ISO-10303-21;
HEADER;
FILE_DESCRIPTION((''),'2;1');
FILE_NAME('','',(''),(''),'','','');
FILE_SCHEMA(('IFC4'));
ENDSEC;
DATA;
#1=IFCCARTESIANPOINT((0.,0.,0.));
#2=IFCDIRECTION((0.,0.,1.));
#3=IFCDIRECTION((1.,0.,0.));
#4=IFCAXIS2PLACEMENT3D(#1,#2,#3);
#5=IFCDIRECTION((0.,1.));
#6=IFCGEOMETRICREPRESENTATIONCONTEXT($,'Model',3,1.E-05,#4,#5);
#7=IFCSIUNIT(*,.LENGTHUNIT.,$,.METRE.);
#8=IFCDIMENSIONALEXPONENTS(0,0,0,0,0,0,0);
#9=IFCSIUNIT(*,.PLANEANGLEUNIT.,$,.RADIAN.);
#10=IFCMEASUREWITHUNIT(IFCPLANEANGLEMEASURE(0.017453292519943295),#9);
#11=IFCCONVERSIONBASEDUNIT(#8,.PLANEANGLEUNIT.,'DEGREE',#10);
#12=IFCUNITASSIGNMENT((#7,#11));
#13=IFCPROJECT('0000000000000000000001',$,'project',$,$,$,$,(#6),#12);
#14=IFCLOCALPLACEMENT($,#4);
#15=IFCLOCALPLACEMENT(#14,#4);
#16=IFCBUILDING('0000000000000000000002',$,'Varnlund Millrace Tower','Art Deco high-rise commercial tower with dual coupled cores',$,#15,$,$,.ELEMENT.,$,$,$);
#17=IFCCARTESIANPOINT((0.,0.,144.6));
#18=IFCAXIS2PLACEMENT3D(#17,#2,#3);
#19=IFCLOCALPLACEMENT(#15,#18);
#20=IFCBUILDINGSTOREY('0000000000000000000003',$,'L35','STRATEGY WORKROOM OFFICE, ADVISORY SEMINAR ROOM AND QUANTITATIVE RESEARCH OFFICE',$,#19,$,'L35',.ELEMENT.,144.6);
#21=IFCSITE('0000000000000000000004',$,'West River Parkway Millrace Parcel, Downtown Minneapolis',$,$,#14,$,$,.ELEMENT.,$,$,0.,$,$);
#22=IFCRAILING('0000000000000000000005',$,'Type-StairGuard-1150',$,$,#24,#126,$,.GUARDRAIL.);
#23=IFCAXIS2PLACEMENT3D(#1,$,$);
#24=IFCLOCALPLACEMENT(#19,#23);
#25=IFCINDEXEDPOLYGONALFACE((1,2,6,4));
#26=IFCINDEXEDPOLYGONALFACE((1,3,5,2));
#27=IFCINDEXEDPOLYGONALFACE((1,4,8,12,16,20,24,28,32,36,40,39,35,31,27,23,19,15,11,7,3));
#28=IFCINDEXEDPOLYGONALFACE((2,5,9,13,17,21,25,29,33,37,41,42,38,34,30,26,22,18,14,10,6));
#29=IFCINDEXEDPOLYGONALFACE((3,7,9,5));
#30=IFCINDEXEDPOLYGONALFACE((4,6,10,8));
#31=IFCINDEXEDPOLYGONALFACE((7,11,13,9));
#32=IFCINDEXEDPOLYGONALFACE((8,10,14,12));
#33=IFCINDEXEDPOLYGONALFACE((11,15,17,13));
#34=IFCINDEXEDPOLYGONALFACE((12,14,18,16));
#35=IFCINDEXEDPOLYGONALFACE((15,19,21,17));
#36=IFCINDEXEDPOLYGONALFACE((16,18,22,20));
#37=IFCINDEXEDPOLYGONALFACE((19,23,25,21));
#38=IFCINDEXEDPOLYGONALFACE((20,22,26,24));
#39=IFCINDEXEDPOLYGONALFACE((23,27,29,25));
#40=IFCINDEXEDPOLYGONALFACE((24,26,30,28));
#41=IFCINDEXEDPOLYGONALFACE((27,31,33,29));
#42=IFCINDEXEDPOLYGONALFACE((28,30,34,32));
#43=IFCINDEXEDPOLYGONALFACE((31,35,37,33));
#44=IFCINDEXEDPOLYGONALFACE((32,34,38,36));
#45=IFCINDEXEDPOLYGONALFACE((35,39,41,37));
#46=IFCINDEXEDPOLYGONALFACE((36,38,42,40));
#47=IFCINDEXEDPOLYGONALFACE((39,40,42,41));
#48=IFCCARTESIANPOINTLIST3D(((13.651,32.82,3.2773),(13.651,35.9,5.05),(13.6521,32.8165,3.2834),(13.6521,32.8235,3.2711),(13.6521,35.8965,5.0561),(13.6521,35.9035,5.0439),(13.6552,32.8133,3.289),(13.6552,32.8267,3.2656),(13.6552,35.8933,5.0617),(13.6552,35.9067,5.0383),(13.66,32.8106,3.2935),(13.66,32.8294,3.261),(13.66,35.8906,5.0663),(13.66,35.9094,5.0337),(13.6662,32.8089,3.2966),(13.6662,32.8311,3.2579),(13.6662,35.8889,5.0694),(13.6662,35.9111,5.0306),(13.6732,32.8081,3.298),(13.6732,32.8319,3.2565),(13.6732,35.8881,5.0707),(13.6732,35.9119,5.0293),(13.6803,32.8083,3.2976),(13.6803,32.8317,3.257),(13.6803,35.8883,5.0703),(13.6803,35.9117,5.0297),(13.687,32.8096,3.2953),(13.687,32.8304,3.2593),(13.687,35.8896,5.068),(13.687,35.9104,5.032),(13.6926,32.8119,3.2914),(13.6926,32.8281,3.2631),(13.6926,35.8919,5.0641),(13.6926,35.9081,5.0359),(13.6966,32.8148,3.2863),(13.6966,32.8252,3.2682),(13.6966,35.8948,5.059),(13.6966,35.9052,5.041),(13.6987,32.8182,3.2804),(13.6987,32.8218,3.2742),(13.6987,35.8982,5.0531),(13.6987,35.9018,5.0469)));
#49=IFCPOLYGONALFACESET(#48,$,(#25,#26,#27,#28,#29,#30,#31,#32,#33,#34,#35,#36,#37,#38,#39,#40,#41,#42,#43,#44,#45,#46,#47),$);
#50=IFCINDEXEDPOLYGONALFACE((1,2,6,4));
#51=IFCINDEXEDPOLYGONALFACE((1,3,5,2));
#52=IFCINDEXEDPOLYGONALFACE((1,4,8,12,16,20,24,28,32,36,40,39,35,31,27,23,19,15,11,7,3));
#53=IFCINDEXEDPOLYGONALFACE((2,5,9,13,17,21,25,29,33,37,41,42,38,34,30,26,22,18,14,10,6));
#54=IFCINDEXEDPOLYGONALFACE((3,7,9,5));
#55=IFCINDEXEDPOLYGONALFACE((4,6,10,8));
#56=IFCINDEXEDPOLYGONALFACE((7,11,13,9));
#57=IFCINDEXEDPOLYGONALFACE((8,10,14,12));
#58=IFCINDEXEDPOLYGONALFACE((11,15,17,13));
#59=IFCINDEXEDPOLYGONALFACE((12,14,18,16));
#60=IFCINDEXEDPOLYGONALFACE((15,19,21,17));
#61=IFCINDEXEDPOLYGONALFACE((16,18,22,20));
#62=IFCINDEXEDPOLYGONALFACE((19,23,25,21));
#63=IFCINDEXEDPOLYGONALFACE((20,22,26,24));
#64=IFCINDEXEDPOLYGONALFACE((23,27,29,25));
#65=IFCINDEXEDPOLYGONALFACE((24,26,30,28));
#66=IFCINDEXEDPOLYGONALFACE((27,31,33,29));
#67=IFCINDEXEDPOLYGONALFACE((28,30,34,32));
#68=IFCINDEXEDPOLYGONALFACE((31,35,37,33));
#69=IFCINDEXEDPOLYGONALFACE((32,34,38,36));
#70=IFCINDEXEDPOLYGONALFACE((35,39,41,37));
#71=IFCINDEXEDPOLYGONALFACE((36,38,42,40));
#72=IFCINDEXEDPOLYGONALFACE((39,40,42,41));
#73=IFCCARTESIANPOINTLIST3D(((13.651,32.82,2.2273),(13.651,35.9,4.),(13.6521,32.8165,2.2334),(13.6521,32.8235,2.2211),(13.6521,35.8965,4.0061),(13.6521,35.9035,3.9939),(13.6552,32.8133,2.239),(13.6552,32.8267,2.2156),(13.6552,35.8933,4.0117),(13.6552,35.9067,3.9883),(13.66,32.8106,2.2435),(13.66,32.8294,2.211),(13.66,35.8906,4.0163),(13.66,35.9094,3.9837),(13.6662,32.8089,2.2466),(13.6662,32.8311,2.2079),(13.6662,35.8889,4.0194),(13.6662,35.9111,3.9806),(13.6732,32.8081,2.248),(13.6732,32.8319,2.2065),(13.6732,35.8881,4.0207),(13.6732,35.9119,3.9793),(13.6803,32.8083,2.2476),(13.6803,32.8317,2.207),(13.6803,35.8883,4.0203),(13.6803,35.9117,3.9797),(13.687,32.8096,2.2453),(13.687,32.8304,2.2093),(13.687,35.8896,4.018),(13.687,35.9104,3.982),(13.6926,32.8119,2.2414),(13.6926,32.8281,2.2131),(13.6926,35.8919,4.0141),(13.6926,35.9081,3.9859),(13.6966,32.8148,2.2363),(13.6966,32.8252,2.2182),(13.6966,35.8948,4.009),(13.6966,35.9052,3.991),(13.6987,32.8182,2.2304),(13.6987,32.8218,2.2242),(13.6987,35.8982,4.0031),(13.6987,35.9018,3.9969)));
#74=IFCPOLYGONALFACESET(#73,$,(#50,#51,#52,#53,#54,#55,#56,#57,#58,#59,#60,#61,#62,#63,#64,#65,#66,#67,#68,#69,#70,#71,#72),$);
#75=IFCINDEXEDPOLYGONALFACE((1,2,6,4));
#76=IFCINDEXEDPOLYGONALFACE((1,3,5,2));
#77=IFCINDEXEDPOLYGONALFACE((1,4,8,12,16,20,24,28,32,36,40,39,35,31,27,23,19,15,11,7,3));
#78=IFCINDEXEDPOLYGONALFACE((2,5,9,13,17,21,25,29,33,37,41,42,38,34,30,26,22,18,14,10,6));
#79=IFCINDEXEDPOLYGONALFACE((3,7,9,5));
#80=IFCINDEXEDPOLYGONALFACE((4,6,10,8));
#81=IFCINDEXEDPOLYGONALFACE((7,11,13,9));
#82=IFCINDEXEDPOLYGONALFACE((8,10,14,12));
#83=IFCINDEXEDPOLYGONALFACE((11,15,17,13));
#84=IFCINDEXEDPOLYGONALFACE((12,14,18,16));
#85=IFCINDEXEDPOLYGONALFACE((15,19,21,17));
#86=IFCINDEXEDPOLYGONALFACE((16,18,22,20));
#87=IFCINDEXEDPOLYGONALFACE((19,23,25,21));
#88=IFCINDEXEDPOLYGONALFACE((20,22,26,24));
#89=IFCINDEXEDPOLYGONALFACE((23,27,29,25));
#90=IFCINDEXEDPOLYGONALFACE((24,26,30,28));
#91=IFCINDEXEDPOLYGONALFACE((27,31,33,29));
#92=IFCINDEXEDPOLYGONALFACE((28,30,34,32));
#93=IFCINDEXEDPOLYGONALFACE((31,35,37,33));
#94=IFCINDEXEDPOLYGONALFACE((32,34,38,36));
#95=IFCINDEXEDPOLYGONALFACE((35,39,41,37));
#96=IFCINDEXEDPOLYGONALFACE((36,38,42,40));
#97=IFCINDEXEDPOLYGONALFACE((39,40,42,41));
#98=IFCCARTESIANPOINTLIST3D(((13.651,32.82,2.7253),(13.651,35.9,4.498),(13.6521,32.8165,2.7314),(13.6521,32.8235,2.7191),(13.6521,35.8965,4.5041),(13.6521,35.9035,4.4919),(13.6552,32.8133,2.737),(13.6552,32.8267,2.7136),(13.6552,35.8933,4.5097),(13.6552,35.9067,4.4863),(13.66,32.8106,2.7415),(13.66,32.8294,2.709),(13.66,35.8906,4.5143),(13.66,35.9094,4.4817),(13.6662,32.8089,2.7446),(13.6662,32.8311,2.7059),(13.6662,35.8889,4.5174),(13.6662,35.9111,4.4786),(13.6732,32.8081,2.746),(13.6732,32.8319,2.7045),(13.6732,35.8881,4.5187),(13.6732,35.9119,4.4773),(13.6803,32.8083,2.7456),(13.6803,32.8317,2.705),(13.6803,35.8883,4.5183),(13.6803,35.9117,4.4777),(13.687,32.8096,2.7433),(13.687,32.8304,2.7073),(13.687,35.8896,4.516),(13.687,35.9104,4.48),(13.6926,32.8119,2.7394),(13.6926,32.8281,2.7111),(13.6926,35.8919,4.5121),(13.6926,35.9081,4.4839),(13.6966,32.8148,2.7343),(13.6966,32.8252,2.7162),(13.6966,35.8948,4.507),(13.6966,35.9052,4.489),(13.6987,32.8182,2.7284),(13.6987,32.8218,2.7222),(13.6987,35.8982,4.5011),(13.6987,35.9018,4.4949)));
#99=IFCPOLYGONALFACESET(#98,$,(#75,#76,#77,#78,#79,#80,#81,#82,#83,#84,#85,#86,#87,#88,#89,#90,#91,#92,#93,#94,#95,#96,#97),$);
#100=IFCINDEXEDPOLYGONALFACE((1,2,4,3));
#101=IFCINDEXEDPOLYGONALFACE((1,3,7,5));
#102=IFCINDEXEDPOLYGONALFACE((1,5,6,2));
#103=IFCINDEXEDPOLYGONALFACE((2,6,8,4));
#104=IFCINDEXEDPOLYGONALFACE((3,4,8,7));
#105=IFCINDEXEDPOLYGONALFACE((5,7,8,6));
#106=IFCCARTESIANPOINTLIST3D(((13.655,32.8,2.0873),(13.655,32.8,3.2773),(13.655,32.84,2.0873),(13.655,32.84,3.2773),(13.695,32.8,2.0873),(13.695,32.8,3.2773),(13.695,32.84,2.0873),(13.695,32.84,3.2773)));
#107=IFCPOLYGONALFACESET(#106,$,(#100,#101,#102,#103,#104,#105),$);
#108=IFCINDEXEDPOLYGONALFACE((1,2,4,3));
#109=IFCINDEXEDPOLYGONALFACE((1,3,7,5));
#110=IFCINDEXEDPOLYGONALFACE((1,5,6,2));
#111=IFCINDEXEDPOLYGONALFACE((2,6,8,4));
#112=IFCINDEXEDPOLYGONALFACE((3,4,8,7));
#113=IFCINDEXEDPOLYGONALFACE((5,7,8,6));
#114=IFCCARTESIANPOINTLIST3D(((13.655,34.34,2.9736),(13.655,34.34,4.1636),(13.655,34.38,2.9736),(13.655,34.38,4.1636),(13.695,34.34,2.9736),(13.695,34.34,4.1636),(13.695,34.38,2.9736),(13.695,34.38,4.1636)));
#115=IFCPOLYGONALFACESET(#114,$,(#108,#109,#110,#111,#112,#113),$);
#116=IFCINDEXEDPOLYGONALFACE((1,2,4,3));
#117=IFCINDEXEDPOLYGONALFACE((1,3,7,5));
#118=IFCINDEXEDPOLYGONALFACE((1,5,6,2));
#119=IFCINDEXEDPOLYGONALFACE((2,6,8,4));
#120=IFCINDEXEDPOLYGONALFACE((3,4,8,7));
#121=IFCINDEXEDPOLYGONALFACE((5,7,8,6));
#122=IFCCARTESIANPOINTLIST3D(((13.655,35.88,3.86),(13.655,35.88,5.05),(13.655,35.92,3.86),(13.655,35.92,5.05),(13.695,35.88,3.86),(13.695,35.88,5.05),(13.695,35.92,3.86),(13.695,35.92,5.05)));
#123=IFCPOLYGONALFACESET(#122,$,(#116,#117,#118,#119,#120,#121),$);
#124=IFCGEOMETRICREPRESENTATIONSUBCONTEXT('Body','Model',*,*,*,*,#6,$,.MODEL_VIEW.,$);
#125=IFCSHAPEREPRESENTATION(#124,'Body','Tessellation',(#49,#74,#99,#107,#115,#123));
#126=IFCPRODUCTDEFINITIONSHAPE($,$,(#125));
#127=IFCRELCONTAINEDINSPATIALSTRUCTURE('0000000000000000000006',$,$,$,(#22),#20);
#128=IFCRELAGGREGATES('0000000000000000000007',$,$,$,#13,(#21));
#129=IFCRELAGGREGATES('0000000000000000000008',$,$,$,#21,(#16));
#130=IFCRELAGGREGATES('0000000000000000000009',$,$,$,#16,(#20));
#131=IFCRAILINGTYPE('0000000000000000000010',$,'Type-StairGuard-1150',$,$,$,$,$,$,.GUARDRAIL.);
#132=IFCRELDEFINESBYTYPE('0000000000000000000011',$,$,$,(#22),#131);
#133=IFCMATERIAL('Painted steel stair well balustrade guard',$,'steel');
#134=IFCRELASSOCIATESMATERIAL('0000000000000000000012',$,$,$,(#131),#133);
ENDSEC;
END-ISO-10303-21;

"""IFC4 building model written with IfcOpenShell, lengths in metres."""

from ifc_helpers import new_model, entity, si_unit, converted_unit, direction, frame, origin_with_axes, origin_2d_with_axis, place, context, subcontext, project, spatial, rectangle, circle, extrude, material, type_object, element, save


model = new_model("IFC4")

# Units and contexts
model_context = context("Model", 3, precision=1e-05, world=origin_with_axes(), true_north=direction((0.0, 1.0)))
body_context = subcontext(model_context, "Body", "Model", "MODEL_VIEW")
ifc_project = project(units=[si_unit("LENGTHUNIT", "METRE"), converted_unit("PLANEANGLEUNIT", "DEGREE", entity("IfcPlaneAngleMeasure", 0.017453292519943295), si_unit("PLANEANGLEUNIT", "RADIAN"), dimensions=[0, 0, 0, 0, 0, 0, 0])], contexts=[model_context])

# Site, building, storey
site_placement = place(None, origin_with_axes())
site = spatial("IfcSite", under=ifc_project, at=site_placement, Name="West River Parkway Millrace Parcel, Downtown Minneapolis", CompositionType="ELEMENT", RefElevation=0.0)
building_placement = place(site_placement, origin_with_axes())
building = spatial("IfcBuilding", under=site, at=building_placement, Name="Varnlund Millrace Tower", Description="Art Deco high-rise commercial tower with dual coupled cores", CompositionType="ELEMENT")
storey_placement = place(building_placement, frame((0.0, 0.0, 144.6), z_axis=(0.0, 0.0, 1.0), x_axis=(1.0, 0.0, 0.0)))
storey = spatial("IfcBuildingStorey", under=building, at=storey_placement, Name="L35", Description="STRATEGY WORKROOM OFFICE, ADVISORY SEMINAR ROOM AND QUANTITATIVE RESEARCH OFFICE", LongName="L35", CompositionType="ELEMENT", Elevation=144.6)

# Railing
ifc_material_1 = material(Name="Painted steel stair well balustrade guard", Category="steel")
railing_type_1 = type_object("IfcRailingType", Name="Type-StairGuard-1150", PredefinedType="GUARDRAIL", material=ifc_material_1)
railing_1_placement = place(storey_placement, frame((0.0, 0.0, -144.6), z_axis=(0.0, 0.0, 1.0), x_axis=(1.0, 0.0, 0.0)))
element("IfcRailing", 1, at=railing_1_placement, inside=storey, type_object=railing_type_1, Name="Type-StairGuard-1150", PredefinedType="GUARDRAIL", context=body_context, shape_type="SweptSolid", body=[
    extrude(circle(Radius=0.024, at=origin_2d_with_axis()), frame((13.675, 32.82, 147.8773), z_axis=(0.0, 0.866696, 0.498836), x_axis=(-1.0, 0.0, 0.0)), (0.0, 0.0, 1.0), 3.5537),
    extrude(circle(Radius=0.024, at=origin_2d_with_axis()), frame((13.675, 32.82, 146.8273), z_axis=(0.0, 0.866696, 0.498836), x_axis=(-1.0, 0.0, 0.0)), (0.0, 0.0, 1.0), 3.5537),
    extrude(circle(Radius=0.024, at=origin_2d_with_axis()), frame((13.675, 32.82, 147.3253), z_axis=(0.0, 0.866696, 0.498836), x_axis=(-1.0, 0.0, 0.0)), (0.0, 0.0, 1.0), 3.5537),
    extrude(rectangle(XDim=0.04, YDim=0.04, at=origin_2d_with_axis()), frame((13.675, 32.82, 146.6873), z_axis=(0.0, 0.0, 1.0), x_axis=(1.0, 0.0, 0.0)), (0.0, 0.0, 1.0), 1.19),
    extrude(rectangle(XDim=0.04, YDim=0.04, at=origin_2d_with_axis()), frame((13.675, 34.36, 147.5736), z_axis=(0.0, 0.0, 1.0), x_axis=(1.0, 0.0, 0.0)), (0.0, 0.0, 1.0), 1.19),
    extrude(rectangle(XDim=0.04, YDim=0.04, at=origin_2d_with_axis()), frame((13.675, 35.9, 148.46), z_axis=(0.0, 0.0, 1.0), x_axis=(1.0, 0.0, 0.0)), (0.0, 0.0, 1.0), 1.19),
])

save(model, "model.ifc")
